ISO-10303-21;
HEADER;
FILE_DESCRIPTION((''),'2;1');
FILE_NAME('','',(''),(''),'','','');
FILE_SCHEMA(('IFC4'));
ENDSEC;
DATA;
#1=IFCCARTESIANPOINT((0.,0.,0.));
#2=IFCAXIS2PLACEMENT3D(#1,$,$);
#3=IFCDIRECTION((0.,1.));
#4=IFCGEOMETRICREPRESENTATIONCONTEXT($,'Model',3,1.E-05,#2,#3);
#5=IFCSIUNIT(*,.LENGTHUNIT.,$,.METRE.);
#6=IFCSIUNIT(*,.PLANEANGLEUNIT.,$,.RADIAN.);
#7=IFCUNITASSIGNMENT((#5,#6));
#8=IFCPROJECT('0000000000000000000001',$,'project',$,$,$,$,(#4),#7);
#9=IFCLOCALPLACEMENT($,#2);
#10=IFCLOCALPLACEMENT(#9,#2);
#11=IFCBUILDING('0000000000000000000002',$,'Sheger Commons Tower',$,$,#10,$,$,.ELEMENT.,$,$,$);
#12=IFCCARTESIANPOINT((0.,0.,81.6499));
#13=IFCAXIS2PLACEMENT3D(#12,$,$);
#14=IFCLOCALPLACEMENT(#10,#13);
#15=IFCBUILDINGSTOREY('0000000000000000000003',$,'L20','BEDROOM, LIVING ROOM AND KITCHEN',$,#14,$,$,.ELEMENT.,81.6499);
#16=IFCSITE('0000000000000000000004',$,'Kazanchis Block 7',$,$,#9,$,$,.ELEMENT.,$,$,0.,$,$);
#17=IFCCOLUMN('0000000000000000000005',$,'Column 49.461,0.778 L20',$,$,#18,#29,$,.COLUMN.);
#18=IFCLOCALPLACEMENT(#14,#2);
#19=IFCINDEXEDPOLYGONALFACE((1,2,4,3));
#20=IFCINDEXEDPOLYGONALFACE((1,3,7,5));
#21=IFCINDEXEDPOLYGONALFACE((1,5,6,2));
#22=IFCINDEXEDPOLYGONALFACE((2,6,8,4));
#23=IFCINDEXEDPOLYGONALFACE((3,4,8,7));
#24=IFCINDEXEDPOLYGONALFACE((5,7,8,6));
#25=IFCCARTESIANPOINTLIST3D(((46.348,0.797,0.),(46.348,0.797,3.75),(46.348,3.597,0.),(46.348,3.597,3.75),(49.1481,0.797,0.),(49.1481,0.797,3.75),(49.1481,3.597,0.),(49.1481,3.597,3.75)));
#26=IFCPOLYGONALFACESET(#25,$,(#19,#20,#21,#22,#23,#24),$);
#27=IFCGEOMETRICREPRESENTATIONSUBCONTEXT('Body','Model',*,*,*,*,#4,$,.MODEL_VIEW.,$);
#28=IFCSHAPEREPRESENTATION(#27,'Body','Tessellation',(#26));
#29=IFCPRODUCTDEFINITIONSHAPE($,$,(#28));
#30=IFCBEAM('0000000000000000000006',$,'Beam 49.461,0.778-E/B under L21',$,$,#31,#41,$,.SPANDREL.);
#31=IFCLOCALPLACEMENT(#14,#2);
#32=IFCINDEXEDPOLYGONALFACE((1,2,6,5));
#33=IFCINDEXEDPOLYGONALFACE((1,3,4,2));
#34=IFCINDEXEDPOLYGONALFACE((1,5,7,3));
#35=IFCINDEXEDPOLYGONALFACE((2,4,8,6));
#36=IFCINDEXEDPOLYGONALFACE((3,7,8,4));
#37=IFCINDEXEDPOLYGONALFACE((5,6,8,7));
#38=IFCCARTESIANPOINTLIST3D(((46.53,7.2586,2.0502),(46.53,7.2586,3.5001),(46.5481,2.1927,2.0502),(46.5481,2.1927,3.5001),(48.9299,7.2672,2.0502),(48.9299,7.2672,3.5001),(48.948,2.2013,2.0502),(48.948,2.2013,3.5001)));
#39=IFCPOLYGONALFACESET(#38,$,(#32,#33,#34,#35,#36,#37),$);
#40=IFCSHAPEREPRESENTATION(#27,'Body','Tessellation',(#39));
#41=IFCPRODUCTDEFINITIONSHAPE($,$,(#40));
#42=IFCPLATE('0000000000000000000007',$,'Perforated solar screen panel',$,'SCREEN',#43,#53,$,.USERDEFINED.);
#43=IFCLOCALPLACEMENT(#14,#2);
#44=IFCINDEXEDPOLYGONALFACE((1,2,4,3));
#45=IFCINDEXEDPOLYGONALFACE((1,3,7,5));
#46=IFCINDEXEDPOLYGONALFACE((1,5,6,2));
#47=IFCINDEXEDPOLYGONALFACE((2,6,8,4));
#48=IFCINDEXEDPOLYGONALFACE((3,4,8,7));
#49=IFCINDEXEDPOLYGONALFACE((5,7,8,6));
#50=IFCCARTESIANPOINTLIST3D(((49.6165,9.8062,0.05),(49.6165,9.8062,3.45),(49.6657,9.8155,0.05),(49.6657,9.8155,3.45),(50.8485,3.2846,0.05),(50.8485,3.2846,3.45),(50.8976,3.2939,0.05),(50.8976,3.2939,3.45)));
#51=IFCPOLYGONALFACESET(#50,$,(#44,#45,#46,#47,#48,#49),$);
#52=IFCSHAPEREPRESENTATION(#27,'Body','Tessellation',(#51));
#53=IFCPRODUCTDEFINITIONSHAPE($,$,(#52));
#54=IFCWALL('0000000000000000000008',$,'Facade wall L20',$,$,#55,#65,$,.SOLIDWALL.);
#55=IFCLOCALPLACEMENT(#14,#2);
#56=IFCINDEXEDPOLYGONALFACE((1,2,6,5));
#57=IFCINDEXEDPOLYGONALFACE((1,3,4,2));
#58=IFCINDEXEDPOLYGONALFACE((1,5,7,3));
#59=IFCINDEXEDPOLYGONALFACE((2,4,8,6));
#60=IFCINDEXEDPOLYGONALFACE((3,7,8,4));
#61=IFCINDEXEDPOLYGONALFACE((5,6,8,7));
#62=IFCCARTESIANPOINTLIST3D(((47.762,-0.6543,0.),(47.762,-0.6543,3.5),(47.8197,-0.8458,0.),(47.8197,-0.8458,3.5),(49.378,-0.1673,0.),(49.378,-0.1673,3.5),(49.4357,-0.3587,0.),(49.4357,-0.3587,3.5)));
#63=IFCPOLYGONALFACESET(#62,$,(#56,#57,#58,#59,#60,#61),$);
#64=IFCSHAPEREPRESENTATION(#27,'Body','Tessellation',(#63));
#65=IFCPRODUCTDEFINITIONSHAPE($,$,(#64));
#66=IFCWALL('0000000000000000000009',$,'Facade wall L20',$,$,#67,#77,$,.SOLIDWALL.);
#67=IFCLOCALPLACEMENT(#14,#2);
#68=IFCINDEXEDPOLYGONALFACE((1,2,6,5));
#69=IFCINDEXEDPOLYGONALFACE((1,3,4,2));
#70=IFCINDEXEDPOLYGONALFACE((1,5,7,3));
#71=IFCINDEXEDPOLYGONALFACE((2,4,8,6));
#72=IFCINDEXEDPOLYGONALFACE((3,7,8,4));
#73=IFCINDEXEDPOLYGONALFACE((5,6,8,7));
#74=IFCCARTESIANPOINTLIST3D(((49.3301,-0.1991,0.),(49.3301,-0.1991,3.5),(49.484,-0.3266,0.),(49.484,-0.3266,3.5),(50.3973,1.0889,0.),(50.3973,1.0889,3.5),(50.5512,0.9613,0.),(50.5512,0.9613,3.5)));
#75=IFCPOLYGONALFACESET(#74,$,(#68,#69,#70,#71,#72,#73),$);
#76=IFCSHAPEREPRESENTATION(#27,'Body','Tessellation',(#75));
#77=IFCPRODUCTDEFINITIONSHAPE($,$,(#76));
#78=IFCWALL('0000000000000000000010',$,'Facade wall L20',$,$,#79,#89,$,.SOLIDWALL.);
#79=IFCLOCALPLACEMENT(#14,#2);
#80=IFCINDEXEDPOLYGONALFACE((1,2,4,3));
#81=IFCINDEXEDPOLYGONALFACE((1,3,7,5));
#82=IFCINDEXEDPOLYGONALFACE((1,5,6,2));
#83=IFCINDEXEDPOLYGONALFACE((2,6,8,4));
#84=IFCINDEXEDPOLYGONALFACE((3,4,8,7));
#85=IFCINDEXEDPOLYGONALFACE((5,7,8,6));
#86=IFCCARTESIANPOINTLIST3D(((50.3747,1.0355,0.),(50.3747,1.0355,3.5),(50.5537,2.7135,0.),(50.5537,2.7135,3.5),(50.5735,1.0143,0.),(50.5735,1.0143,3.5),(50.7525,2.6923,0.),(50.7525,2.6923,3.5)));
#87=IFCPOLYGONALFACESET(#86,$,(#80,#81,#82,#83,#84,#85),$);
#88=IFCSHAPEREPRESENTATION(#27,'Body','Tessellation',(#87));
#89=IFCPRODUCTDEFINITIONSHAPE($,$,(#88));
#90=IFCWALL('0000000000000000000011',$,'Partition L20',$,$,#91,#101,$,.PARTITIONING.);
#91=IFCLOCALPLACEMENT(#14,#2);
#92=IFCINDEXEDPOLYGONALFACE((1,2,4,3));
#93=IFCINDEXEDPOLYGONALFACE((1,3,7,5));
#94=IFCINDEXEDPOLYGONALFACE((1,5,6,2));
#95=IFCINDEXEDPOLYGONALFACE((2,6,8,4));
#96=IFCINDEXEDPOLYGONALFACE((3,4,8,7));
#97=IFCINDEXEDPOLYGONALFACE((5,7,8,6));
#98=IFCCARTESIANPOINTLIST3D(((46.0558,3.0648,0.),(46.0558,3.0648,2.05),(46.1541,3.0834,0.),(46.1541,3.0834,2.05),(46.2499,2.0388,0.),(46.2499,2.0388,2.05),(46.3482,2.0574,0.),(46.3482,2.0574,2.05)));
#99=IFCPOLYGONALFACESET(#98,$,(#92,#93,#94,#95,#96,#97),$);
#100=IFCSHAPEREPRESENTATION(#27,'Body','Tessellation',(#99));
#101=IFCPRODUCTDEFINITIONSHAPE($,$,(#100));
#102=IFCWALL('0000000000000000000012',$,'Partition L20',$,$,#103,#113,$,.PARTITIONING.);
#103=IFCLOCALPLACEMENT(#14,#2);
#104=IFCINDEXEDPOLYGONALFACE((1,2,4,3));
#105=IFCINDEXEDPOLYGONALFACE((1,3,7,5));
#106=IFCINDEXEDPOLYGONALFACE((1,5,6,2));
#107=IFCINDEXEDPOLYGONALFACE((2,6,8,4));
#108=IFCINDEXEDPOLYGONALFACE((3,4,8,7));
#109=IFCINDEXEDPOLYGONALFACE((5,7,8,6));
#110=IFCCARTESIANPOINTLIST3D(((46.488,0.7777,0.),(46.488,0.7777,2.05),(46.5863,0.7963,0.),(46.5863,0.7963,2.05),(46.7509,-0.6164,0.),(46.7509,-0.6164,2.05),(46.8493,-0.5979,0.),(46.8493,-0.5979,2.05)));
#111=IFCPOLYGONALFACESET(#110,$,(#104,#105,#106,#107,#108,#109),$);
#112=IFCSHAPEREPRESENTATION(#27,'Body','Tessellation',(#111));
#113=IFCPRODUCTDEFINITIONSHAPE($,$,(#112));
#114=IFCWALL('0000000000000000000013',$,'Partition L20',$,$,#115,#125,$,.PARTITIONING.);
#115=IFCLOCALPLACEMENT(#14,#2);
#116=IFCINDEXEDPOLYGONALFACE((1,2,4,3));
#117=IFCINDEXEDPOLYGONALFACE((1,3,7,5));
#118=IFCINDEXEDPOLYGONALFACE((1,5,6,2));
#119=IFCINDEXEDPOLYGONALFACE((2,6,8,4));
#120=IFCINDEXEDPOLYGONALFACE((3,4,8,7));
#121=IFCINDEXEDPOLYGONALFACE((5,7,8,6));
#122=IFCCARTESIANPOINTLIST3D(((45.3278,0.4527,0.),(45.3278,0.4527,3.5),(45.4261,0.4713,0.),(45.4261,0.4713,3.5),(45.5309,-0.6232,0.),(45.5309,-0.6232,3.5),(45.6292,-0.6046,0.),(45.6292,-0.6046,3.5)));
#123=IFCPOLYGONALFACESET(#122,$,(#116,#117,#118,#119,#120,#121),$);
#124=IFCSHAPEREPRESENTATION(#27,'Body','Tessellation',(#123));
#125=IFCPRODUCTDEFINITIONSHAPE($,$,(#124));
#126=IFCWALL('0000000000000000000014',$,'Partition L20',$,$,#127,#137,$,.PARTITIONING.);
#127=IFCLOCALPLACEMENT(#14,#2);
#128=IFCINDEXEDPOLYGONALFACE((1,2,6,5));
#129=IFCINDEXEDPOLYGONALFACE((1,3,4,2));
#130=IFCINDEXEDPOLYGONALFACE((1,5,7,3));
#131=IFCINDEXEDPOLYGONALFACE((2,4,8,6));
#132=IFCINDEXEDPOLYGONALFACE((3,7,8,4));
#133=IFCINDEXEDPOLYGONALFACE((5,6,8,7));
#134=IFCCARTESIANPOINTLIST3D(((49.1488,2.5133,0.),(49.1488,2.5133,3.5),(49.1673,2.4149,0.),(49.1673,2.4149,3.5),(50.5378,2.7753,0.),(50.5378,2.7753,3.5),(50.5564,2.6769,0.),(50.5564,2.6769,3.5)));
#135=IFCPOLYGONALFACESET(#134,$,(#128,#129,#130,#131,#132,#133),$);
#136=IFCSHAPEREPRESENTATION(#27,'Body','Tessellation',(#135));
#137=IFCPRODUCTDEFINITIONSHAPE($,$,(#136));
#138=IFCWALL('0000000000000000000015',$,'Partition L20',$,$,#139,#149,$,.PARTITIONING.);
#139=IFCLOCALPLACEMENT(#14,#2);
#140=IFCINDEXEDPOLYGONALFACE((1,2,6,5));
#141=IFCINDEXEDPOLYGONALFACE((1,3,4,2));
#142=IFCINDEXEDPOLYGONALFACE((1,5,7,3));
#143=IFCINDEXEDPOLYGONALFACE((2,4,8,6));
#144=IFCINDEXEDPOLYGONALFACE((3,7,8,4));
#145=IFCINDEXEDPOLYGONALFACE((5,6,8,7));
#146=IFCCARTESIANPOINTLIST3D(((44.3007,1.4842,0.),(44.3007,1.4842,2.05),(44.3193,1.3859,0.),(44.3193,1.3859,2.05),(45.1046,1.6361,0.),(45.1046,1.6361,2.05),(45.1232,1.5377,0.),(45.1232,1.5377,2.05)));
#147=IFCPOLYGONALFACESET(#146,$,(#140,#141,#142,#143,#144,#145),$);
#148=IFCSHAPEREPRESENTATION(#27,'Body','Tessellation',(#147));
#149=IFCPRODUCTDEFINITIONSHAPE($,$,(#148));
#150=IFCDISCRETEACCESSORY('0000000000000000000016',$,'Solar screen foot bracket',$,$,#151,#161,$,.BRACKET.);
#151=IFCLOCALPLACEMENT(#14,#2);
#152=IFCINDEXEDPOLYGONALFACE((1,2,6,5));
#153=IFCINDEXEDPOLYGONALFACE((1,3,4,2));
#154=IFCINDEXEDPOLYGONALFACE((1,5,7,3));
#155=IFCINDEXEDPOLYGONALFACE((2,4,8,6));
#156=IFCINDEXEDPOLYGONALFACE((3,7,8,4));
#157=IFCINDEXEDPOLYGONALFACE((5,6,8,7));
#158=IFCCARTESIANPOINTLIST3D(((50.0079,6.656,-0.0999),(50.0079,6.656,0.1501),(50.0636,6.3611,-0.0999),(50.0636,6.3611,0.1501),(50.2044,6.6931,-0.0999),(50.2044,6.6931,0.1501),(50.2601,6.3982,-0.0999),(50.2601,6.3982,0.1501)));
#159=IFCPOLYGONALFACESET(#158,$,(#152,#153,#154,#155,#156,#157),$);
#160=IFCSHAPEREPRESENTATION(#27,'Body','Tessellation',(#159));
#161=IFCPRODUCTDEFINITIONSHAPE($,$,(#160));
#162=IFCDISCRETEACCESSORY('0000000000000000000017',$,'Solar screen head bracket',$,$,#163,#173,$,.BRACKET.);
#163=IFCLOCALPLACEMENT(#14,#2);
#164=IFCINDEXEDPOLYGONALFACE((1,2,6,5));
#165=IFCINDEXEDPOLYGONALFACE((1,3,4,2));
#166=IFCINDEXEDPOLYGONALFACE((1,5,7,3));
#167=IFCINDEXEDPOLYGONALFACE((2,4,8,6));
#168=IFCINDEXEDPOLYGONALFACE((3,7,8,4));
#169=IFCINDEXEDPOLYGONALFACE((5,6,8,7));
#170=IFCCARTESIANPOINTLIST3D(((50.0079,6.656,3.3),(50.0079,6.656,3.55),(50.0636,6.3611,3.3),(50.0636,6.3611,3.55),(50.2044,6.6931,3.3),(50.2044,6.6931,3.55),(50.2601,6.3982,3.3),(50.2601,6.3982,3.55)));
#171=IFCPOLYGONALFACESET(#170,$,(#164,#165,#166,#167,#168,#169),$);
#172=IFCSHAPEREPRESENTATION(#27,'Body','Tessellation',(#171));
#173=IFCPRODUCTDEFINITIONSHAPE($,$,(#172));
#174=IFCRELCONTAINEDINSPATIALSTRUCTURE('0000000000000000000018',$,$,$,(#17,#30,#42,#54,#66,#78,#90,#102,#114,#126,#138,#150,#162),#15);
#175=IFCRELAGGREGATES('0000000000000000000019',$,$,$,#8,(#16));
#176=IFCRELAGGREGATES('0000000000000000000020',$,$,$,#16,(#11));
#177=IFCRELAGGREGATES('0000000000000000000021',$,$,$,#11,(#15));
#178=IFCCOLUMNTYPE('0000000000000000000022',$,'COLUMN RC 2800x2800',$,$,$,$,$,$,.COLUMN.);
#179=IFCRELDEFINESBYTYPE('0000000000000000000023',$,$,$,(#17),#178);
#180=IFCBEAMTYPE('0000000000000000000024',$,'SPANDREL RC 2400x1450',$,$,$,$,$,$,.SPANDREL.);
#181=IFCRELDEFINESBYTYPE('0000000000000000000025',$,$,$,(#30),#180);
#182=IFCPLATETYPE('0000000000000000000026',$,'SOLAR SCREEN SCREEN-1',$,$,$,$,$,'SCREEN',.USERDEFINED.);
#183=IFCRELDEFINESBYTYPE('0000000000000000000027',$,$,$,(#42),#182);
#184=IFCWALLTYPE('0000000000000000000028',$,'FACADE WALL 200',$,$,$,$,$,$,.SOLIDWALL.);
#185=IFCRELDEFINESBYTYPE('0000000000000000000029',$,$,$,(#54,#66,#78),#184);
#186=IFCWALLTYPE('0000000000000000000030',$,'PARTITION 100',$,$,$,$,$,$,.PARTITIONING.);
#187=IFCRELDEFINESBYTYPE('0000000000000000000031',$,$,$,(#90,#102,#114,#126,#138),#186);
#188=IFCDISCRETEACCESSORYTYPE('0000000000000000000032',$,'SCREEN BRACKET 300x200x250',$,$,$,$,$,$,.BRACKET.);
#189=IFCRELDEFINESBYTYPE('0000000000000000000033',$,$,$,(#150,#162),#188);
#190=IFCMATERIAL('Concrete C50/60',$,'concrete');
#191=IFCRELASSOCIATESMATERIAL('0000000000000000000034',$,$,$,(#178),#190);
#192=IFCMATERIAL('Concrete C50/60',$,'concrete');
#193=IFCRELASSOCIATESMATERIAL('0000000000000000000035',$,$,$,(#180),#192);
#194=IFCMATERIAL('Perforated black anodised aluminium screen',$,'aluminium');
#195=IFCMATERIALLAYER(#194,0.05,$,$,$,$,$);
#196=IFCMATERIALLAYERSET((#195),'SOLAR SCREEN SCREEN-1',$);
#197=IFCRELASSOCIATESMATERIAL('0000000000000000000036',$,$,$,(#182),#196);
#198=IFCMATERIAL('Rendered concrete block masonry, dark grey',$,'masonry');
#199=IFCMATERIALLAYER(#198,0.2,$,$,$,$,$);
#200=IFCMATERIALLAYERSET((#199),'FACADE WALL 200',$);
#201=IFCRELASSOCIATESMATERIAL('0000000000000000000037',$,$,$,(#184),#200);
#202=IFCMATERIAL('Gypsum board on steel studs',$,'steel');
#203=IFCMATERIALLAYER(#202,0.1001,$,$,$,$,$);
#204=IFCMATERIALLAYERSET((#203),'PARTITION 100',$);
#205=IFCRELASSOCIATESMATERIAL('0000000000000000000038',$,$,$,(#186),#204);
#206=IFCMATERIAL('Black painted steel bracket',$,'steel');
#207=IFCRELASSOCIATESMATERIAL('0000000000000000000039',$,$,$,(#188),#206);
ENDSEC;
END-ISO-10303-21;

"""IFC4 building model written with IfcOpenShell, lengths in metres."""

from ifc_helpers import new_model, si_unit, direction, frame, frame_2d, origin, origin_2d, place, context, subcontext, project, spatial, rectangle, extrude, material, layer, layer_set, material_profile, profile_set, type_object, element, save


model = new_model("IFC4")

# Units and contexts
model_context = context("Model", 3, precision=1e-05, world=origin(), true_north=direction((0.0, 1.0)))
body_context = subcontext(model_context, "Body", "Model", "MODEL_VIEW")
ifc_project = project(units=[si_unit("LENGTHUNIT", "METRE"), si_unit("PLANEANGLEUNIT", "RADIAN")], contexts=[model_context])

# Site, building, storey
site_placement = place(None, origin())
site = spatial("IfcSite", under=ifc_project, at=site_placement, Name="Kazanchis Block 7", CompositionType="ELEMENT", RefElevation=0.0)
building_placement = place(site_placement, origin())
building = spatial("IfcBuilding", under=site, at=building_placement, Name="Sheger Commons Tower", CompositionType="ELEMENT")
storey_placement = place(building_placement, frame((0.0, 0.0, 81.6499)))
storey = spatial("IfcBuildingStorey", under=building, at=storey_placement, Name="L20", Description="BEDROOM, LIVING ROOM AND KITCHEN", CompositionType="ELEMENT", Elevation=81.6499)

# Column
ifc_material_1 = material(Name="Concrete C50/60", Category="concrete")
ifc_material_profile_1 = material_profile(ifc_material_1, rectangle(XDim=2.8, YDim=2.8, at=origin_2d()), Name="RC 2800x2800")
ifc_profile_set_1 = profile_set([ifc_material_profile_1], Name="Concrete C50/60")
column_type = type_object("IfcColumnType", Name="COLUMN RC 2800x2800", PredefinedType="COLUMN", material=ifc_profile_set_1)
column_placement = place(storey_placement, frame((47.748, 2.197, 0.0), z_axis=(0.0, 0.0, 1.0), x_axis=(1.0, 0.0, 0.0)))
element("IfcColumn", 1, at=column_placement, inside=storey, type_object=column_type, Name="Column 49.461,0.778 L20", PredefinedType="COLUMN", context=body_context, shape_type="SweptSolid", body=[
    extrude(rectangle(XDim=2.8, YDim=2.8, at=origin_2d()), origin(), (0.0, 0.0, 1.0), 3.75),
])

# Beam
ifc_material_2 = material(Name="Concrete C50/60", Category="concrete")
ifc_material_profile_2 = material_profile(ifc_material_2, rectangle(XDim=2.3999, YDim=1.45, at=origin_2d()), Name="RC 2400x1450")
ifc_profile_set_2 = profile_set([ifc_material_profile_2], Name="Concrete C50/60")
beam_type = type_object("IfcBeamType", Name="SPANDREL RC 2400x1450", PredefinedType="SPANDREL", material=ifc_profile_set_2)
beam_placement = place(storey_placement, frame((47.748, 2.197, 2.7751), z_axis=(-0.003566, 0.999994, 0.0), x_axis=(-0.999994, -0.003566, 0.0)))
element("IfcBeam", 2, at=beam_placement, inside=storey, type_object=beam_type, Name="Beam 49.461,0.778-E/B under L21", PredefinedType="SPANDREL", context=body_context, shape_type="SweptSolid", body=[
    extrude(rectangle(XDim=2.3999, YDim=1.45, at=origin_2d()), origin(), (0.0, 0.0, 1.0), 5.0659),
])

# Plate
ifc_material_3 = material(Name="Perforated black anodised aluminium screen", Category="aluminium")
ifc_layer_1 = layer(ifc_material_3, 0.05)
ifc_layer_set_1 = layer_set([ifc_layer_1], Name="SOLAR SCREEN SCREEN-1")
plate_type = type_object("IfcPlateType", Name="SOLAR SCREEN SCREEN-1", ElementType="SCREEN", PredefinedType="USERDEFINED", material=ifc_layer_set_1)
plate_placement = place(storey_placement, frame((50.2571, 6.55, 0.05), z_axis=(0.0, 0.0, 1.0), x_axis=(-0.185615, 0.982623, 0.0)))
element("IfcPlate", 3, at=plate_placement, inside=storey, type_object=plate_type, Name="Perforated solar screen panel", ObjectType="SCREEN", PredefinedType="USERDEFINED", context=body_context, shape_type="SweptSolid", body=[
    extrude(rectangle(XDim=6.637, YDim=0.05, at=origin_2d()), origin(), (0.0, 0.0, 1.0), 3.3999),
])

# Walls
ifc_material_4 = material(Name="Rendered concrete block masonry, dark grey", Category="masonry")
ifc_layer_2 = layer(ifc_material_4, 0.2)
ifc_layer_set_2 = layer_set([ifc_layer_2], Name="FACADE WALL 200")
wall_type_1 = type_object("IfcWallType", Name="FACADE WALL 200", PredefinedType="SOLIDWALL", material=ifc_layer_set_2)
wall_1_placement = place(storey_placement, frame((47.791, -0.75, 0.0), z_axis=(0.0, 0.0, 1.0), x_axis=(0.957455, 0.288582, 0.0)))
element("IfcWall", 4, at=wall_1_placement, inside=storey, type_object=wall_type_1, Name="Facade wall L20", PredefinedType="SOLIDWALL", context=body_context, shape_type="SweptSolid", body=[
    extrude(rectangle(XDim=1.6877, YDim=0.2, at=frame_2d((0.8438, 0.0))), origin(), (0.0, 0.0, 1.0), 3.5),
])
wall_2_placement = place(storey_placement, frame((49.407, -0.2629, 0.0), z_axis=(0.0, 0.0, 1.0), x_axis=(0.638043, 0.770001, 0.0)))
element("IfcWall", 5, at=wall_2_placement, inside=storey, type_object=wall_type_1, Name="Facade wall L20", PredefinedType="SOLIDWALL", context=body_context, shape_type="SweptSolid", body=[
    extrude(rectangle(XDim=1.6726, YDim=0.2, at=frame_2d((0.8364, 0.0))), origin(), (0.0, 0.0, 1.0), 3.5),
])
wall_3_placement = place(storey_placement, frame((50.4741, 1.0249, 0.0), z_axis=(0.0, 0.0, 1.0), x_axis=(0.106048, 0.994361, 0.0)))
element("IfcWall", 6, at=wall_3_placement, inside=storey, type_object=wall_type_1, Name="Facade wall L20", PredefinedType="SOLIDWALL", context=body_context, shape_type="SweptSolid", body=[
    extrude(rectangle(XDim=1.6875, YDim=0.2, at=frame_2d((0.8438, 0.0))), origin(), (0.0, 0.0, 1.0), 3.5),
])

# Walls
ifc_material_5 = material(Name="Gypsum board on steel studs", Category="steel")
ifc_layer_3 = layer(ifc_material_5, 0.1001)
ifc_layer_set_3 = layer_set([ifc_layer_3], Name="PARTITION 100")
wall_type_2 = type_object("IfcWallType", Name="PARTITION 100", PredefinedType="PARTITIONING", material=ifc_layer_set_3)
wall_4_placement = place(storey_placement, frame((46.105, 3.074, 0.0), z_axis=(0.0, 0.0, 1.0), x_axis=(0.185898, -0.982569, 0.0)))
element("IfcWall", 7, at=wall_4_placement, inside=storey, type_object=wall_type_2, Name="Partition L20", PredefinedType="PARTITIONING", context=body_context, shape_type="SweptSolid", body=[
    extrude(rectangle(XDim=1.0442, YDim=0.1001, at=frame_2d((0.522, 0.0))), origin(), (0.0, 0.0, 1.0), 2.05),
])
wall_5_placement = place(storey_placement, frame((46.5371, 0.7871, 0.0), z_axis=(0.0, 0.0, 1.0), x_axis=(0.185348, -0.982673, 0.0)))
element("IfcWall", 8, at=wall_5_placement, inside=storey, type_object=wall_type_2, Name="Partition L20", PredefinedType="PARTITIONING", context=body_context, shape_type="SweptSolid", body=[
    extrude(rectangle(XDim=1.4187, YDim=0.1001, at=frame_2d((0.7095, 0.0))), origin(), (0.0, 0.0, 1.0), 2.05),
])
wall_6_placement = place(storey_placement, frame((45.377, 0.4619, 0.0), z_axis=(0.0, 0.0, 1.0), x_axis=(0.185513, -0.982642, 0.0)))
element("IfcWall", 9, at=wall_6_placement, inside=storey, type_object=wall_type_2, Name="Partition L20", PredefinedType="PARTITIONING", context=body_context, shape_type="SweptSolid", body=[
    extrude(rectangle(XDim=1.095, YDim=0.1001, at=frame_2d((0.5474, 0.0))), origin(), (0.0, 0.0, 1.0), 3.5),
])
wall_7_placement = place(storey_placement, frame((50.5471, 2.7261, 0.0), z_axis=(0.0, 0.0, 1.0), x_axis=(-0.98268, -0.18531, 0.0)))
element("IfcWall", 10, at=wall_7_placement, inside=storey, type_object=wall_type_2, Name="Partition L20", PredefinedType="PARTITIONING", context=body_context, shape_type="SweptSolid", body=[
    extrude(rectangle(XDim=1.4136, YDim=0.1001, at=frame_2d((0.7068, 0.0))), origin(), (0.0, 0.0, 1.0), 3.5),
])
wall_8_placement = place(storey_placement, frame((45.114, 1.5869, 0.0), z_axis=(0.0, 0.0, 1.0), x_axis=(-0.982625, -0.185604, 0.0)))
element("IfcWall", 11, at=wall_8_placement, inside=storey, type_object=wall_type_2, Name="Partition L20", PredefinedType="PARTITIONING", context=body_context, shape_type="SweptSolid", body=[
    extrude(rectangle(XDim=0.8181, YDim=0.1001, at=frame_2d((0.4092, 0.0))), origin(), (0.0, 0.0, 1.0), 2.05),
])

# Discrete accessories
ifc_material_6 = material(Name="Black painted steel bracket", Category="steel")
discrete_accessory_type = type_object("IfcDiscreteAccessoryType", Name="SCREEN BRACKET 300x200x250", PredefinedType="BRACKET", material=ifc_material_6)
for number, where, z_axis, x_axis, name in (
    (12, (50.134, 6.5271, -0.0999), (0.0, 0.0, 1.0), (-0.185615, 0.982623, 0.0), "Solar screen foot bracket"),
    (13, (50.134, 6.5271, 3.3), (0.0, 0.0, 1.0), (-0.185615, 0.982623, 0.0), "Solar screen head bracket"),
):
    element("IfcDiscreteAccessory", number, at=place(storey_placement, frame(where, z_axis=z_axis, x_axis=x_axis)), inside=storey, type_object=discrete_accessory_type, Name=name, PredefinedType="BRACKET", context=body_context, shape_type="SweptSolid", body=[
        extrude(rectangle(XDim=0.3, YDim=0.2, at=origin_2d()), origin(), (0.0, 0.0, 1.0), 0.25),
    ])

save(model, "model.ifc")
